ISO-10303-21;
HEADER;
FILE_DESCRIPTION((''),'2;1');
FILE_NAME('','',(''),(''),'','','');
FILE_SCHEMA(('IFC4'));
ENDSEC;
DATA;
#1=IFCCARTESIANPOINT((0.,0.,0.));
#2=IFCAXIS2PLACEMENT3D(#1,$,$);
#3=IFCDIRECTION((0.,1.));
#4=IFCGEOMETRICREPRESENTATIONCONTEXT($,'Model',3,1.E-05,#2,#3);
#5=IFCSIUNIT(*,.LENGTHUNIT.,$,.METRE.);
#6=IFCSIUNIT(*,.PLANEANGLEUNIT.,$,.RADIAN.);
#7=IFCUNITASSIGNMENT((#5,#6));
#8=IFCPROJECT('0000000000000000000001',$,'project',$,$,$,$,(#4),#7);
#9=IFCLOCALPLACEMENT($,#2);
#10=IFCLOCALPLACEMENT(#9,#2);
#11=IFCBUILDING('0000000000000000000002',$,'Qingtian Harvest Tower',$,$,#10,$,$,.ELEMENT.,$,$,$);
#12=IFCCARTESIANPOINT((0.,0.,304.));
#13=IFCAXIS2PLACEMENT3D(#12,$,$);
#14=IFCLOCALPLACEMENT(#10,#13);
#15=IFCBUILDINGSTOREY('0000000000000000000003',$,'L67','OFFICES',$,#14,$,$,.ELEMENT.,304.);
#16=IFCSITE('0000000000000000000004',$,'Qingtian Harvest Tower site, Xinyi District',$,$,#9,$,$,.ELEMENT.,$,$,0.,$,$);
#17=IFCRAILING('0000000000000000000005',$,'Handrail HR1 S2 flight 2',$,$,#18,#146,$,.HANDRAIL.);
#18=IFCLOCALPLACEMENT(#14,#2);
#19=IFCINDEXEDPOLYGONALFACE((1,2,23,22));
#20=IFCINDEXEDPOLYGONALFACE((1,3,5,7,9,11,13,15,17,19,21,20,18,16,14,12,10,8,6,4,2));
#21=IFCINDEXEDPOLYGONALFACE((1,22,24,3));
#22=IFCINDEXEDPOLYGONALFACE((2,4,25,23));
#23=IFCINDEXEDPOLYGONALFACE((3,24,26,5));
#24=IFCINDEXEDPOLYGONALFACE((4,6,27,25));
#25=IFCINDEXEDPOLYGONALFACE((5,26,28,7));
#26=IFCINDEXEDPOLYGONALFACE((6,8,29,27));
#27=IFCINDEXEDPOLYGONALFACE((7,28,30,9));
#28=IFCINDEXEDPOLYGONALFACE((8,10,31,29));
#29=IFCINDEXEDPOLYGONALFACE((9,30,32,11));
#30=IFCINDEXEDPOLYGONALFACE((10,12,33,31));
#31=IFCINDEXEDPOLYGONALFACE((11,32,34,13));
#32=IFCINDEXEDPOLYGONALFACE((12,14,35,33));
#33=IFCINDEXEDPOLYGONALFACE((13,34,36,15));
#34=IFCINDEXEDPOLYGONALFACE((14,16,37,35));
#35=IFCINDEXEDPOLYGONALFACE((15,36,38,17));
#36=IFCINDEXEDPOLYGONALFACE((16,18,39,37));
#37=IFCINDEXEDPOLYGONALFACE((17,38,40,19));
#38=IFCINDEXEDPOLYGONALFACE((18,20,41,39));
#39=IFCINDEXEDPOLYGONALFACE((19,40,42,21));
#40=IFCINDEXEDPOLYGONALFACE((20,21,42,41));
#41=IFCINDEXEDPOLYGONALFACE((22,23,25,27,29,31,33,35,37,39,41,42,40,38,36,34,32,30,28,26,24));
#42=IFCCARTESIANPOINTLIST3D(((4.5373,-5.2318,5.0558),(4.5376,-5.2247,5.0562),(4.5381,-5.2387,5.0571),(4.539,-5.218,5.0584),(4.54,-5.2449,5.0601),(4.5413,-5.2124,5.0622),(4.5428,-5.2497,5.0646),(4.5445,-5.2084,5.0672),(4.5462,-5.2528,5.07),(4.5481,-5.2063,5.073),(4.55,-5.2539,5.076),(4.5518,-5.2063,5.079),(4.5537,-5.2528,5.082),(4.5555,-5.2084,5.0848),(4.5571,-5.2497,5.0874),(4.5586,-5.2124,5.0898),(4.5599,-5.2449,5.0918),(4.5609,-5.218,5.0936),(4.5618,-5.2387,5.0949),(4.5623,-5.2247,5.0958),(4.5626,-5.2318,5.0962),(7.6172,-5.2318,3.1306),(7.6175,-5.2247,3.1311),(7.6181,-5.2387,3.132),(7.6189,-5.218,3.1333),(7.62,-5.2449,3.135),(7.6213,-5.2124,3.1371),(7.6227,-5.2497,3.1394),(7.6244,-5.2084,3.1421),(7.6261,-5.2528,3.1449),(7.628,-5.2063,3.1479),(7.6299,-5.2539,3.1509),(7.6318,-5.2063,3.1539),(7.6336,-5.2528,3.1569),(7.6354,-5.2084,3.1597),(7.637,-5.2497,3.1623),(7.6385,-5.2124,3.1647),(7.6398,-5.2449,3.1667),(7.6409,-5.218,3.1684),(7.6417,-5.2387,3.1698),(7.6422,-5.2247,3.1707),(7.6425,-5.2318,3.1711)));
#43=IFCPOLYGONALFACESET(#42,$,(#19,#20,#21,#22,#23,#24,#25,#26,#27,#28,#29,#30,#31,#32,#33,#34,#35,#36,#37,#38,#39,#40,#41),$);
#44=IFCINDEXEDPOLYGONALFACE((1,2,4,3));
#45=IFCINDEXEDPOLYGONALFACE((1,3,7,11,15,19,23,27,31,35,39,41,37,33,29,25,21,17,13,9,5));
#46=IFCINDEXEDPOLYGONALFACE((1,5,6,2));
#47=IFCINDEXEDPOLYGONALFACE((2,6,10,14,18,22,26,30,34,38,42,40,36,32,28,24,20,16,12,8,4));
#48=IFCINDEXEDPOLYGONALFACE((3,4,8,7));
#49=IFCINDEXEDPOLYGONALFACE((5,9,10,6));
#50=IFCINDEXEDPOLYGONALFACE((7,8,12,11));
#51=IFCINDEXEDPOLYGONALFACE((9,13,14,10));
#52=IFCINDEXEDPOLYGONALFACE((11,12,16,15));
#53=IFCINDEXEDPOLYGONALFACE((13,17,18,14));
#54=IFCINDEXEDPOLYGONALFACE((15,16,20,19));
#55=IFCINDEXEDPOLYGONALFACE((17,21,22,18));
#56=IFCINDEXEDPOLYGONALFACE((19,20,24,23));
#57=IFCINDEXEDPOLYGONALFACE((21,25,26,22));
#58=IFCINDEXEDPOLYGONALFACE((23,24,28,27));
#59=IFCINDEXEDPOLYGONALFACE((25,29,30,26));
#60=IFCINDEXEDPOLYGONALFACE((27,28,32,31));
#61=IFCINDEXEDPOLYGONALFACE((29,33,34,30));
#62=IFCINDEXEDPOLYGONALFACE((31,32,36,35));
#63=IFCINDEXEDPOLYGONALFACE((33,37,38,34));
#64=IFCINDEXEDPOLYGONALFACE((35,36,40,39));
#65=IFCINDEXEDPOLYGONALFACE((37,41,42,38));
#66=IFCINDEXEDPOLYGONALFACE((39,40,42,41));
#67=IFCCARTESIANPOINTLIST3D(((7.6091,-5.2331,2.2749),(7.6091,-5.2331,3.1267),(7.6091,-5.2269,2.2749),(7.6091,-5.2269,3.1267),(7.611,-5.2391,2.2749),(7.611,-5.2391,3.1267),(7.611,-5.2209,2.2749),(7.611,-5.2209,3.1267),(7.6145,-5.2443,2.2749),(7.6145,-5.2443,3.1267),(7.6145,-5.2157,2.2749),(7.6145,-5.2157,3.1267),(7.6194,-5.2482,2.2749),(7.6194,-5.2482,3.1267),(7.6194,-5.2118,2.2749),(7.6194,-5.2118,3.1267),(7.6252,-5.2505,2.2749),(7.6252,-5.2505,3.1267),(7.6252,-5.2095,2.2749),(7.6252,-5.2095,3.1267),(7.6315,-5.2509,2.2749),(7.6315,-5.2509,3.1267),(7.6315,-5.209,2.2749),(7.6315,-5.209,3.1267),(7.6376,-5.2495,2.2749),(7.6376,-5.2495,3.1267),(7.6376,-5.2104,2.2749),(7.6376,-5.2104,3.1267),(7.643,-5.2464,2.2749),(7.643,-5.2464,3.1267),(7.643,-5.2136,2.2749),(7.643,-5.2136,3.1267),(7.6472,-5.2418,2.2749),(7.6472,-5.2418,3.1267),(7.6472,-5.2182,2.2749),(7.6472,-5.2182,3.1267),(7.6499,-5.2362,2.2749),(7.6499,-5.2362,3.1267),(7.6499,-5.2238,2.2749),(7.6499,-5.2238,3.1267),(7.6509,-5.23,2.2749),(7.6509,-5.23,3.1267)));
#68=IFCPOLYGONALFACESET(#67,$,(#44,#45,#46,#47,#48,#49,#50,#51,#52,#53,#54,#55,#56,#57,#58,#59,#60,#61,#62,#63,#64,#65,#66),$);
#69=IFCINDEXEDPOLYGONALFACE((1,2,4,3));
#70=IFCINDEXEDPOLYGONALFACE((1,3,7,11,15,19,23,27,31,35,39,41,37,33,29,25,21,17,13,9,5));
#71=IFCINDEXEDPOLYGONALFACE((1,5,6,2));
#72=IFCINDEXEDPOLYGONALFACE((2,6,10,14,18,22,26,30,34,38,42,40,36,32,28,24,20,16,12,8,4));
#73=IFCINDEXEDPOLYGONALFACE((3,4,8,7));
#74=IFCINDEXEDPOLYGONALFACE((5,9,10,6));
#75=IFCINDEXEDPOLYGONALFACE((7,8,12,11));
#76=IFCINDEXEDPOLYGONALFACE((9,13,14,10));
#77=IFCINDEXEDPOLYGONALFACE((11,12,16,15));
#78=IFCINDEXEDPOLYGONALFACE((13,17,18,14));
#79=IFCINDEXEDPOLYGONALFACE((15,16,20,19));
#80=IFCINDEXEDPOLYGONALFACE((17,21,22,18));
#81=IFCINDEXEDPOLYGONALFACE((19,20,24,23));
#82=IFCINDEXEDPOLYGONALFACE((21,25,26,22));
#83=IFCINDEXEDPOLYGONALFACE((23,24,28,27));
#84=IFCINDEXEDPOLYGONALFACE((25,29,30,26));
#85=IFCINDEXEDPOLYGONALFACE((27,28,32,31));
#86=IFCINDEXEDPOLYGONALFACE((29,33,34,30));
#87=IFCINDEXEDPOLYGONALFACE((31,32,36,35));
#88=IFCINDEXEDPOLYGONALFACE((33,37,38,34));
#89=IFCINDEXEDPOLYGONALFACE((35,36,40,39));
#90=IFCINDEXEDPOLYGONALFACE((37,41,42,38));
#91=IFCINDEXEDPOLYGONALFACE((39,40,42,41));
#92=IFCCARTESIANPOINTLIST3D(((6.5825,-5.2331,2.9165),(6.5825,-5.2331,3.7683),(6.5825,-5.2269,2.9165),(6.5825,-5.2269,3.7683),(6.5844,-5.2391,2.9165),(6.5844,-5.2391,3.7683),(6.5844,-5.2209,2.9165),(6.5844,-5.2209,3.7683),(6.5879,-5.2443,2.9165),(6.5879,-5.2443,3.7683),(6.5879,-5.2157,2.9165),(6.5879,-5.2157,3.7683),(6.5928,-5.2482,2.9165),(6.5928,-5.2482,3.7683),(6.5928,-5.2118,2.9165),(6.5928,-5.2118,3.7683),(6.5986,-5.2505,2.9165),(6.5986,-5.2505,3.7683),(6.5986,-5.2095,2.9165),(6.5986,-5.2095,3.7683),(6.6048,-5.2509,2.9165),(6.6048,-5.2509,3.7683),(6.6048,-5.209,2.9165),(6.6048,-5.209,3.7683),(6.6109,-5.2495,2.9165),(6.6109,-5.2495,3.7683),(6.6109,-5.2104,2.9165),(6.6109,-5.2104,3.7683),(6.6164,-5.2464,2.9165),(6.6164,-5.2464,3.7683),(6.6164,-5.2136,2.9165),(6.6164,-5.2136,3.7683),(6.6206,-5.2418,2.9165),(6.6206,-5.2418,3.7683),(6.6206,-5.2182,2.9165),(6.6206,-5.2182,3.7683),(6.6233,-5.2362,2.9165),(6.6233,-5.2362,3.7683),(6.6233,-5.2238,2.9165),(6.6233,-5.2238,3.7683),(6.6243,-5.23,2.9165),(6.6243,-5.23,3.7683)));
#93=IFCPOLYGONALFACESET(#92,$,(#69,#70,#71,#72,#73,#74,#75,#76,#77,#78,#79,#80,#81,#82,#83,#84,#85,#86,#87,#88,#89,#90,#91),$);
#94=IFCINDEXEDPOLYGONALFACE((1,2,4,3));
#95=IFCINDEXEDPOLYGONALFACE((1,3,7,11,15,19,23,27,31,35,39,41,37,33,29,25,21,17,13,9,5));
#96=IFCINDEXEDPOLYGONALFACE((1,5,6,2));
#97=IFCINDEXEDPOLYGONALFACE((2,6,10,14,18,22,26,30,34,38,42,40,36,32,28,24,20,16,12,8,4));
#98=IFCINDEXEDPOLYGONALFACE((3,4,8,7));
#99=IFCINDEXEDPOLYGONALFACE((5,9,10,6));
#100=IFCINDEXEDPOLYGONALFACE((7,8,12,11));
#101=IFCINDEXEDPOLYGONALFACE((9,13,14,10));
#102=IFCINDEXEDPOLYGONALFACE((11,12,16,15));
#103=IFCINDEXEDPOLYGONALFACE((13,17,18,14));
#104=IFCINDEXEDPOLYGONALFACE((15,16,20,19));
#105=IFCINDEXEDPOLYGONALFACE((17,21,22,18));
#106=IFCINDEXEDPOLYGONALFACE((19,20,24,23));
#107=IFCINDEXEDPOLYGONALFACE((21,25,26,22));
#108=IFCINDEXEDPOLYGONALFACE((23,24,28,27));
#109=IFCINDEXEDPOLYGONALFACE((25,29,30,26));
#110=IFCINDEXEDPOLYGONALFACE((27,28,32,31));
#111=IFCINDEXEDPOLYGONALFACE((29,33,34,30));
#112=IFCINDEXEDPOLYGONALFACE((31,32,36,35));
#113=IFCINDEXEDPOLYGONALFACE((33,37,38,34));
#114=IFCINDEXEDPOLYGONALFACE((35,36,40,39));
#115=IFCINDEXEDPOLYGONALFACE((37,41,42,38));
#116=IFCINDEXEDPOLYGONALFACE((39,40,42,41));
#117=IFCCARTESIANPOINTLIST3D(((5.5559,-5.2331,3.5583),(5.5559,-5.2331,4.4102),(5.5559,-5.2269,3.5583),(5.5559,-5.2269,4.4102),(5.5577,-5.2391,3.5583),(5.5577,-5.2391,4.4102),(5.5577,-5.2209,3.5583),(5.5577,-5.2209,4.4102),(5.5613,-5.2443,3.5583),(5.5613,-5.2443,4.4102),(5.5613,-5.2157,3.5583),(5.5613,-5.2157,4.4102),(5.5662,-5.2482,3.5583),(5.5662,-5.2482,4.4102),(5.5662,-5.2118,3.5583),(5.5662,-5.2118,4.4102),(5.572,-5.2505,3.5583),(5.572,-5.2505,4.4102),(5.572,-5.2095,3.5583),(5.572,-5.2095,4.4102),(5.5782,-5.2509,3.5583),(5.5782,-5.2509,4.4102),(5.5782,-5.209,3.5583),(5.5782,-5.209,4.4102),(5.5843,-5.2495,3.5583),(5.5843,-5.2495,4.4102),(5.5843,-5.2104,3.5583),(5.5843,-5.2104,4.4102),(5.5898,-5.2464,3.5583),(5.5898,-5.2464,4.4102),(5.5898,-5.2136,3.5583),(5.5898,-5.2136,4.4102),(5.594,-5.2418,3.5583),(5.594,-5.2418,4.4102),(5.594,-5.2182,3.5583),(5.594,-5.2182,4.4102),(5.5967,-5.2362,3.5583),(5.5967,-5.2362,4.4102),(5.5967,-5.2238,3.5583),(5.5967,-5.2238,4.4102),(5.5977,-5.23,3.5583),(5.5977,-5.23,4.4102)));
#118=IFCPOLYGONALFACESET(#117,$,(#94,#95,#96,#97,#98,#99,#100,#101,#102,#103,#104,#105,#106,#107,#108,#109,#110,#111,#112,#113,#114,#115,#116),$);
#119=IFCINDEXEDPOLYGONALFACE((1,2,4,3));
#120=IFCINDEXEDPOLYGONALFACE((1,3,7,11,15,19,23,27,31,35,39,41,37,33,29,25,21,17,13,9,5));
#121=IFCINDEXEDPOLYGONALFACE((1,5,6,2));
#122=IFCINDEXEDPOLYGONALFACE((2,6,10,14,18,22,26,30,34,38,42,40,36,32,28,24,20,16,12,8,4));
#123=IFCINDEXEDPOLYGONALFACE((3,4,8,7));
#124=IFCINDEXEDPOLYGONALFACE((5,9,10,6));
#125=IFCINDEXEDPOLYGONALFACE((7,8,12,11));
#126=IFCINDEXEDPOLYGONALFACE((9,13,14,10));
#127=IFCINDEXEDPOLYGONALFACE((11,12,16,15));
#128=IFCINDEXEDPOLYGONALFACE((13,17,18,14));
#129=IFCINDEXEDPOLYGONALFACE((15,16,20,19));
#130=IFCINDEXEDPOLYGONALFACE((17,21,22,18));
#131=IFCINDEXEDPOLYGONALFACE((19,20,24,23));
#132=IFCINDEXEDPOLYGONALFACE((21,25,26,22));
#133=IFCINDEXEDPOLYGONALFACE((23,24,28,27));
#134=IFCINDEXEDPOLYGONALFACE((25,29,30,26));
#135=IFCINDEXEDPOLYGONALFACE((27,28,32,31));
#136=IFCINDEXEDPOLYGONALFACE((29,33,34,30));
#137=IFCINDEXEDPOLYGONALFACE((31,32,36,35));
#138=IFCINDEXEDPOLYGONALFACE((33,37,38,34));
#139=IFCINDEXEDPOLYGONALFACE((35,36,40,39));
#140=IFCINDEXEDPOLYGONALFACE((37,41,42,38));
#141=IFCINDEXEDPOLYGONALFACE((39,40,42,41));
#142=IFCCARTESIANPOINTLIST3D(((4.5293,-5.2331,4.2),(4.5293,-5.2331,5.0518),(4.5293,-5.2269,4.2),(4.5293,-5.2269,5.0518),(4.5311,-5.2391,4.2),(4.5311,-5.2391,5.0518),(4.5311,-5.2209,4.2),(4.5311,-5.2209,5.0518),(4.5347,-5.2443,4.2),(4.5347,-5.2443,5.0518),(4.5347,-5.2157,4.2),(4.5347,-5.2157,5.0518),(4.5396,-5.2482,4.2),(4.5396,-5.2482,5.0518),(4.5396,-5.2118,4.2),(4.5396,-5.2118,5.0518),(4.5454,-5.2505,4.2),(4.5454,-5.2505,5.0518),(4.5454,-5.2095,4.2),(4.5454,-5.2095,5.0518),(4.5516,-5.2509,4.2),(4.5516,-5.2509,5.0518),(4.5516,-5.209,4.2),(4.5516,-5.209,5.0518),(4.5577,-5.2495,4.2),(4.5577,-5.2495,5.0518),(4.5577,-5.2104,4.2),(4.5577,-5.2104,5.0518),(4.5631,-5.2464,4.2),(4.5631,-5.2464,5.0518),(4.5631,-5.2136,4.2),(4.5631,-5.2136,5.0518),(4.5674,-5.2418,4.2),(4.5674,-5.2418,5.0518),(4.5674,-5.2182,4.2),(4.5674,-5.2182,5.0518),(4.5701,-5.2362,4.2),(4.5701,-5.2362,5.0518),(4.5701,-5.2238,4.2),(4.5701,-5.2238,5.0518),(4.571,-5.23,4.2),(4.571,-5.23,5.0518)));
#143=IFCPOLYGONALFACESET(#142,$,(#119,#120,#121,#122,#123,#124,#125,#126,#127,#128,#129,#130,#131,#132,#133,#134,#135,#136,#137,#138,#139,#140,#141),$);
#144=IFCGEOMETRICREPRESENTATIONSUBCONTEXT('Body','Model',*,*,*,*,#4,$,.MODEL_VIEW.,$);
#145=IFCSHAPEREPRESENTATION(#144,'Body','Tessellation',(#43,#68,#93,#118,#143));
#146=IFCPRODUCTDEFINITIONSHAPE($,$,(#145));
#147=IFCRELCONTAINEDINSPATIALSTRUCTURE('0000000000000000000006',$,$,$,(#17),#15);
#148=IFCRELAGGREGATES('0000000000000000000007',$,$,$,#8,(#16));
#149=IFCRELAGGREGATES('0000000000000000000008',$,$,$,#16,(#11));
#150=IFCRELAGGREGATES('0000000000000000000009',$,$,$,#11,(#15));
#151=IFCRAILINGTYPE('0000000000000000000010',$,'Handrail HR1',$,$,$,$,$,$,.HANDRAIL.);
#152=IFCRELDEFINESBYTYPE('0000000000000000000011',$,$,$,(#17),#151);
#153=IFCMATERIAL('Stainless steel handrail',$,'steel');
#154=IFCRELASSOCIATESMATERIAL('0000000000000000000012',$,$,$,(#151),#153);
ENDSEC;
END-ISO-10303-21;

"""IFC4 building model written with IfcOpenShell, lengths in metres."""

from ifc_helpers import new_model, si_unit, direction, frame, origin, origin_2d, place, context, subcontext, project, spatial, circle, extrude, material, type_object, element, save


model = new_model("IFC4")

# Units and contexts
model_context = context("Model", 3, precision=1e-05, world=origin(), true_north=direction((0.0, 1.0)))
body_context = subcontext(model_context, "Body", "Model", "MODEL_VIEW")
ifc_project = project(units=[si_unit("LENGTHUNIT", "METRE"), si_unit("PLANEANGLEUNIT", "RADIAN")], contexts=[model_context])

# Site, building, storey
site_placement = place(None, origin())
site = spatial("IfcSite", under=ifc_project, at=site_placement, Name="Qingtian Harvest Tower site, Xinyi District", CompositionType="ELEMENT", RefElevation=0.0)
building_placement = place(site_placement, origin())
building = spatial("IfcBuilding", under=site, at=building_placement, Name="Qingtian Harvest Tower", CompositionType="ELEMENT")
storey_placement = place(building_placement, frame((0.0, 0.0, 304.0)))
storey = spatial("IfcBuildingStorey", under=building, at=storey_placement, Name="L67", Description="OFFICES", CompositionType="ELEMENT", Elevation=304.0)

# Railing
ifc_material_1 = material(Name="Stainless steel handrail", Category="steel")
railing_type = type_object("IfcRailingType", Name="Handrail HR1", PredefinedType="HANDRAIL", material=ifc_material_1)
railing_1_placement = place(storey_placement, frame((7.6299, -5.23, 2.2749)))
element("IfcRailing", 1, at=railing_1_placement, inside=storey, type_object=railing_type, Name="Handrail HR1 S2 flight 2", PredefinedType="HANDRAIL", context=body_context, shape_type="SweptSolid", body=[
    extrude(circle(Radius=0.0239, at=origin_2d()), frame((0.0, 0.0, 0.876), z_axis=(-0.847979, 0.0, 0.530029), x_axis=(0.0, -1.0, 0.0)), (0.0, 0.0, 1.0), 3.6321),
    extrude(circle(Radius=0.021, at=origin_2d()), origin(), (0.0, 0.0, 1.0), 0.8518),
    extrude(circle(Radius=0.021, at=origin_2d()), frame((-1.0266, 0.0, 0.6416)), (0.0, 0.0, 1.0), 0.8518),
    extrude(circle(Radius=0.021, at=origin_2d()), frame((-2.0532, 0.0, 1.2834)), (0.0, 0.0, 1.0), 0.8518),
    extrude(circle(Radius=0.021, at=origin_2d()), frame((-3.0798, 0.0, 1.925)), (0.0, 0.0, 1.0), 0.8518),
])

save(model, "model.ifc")
